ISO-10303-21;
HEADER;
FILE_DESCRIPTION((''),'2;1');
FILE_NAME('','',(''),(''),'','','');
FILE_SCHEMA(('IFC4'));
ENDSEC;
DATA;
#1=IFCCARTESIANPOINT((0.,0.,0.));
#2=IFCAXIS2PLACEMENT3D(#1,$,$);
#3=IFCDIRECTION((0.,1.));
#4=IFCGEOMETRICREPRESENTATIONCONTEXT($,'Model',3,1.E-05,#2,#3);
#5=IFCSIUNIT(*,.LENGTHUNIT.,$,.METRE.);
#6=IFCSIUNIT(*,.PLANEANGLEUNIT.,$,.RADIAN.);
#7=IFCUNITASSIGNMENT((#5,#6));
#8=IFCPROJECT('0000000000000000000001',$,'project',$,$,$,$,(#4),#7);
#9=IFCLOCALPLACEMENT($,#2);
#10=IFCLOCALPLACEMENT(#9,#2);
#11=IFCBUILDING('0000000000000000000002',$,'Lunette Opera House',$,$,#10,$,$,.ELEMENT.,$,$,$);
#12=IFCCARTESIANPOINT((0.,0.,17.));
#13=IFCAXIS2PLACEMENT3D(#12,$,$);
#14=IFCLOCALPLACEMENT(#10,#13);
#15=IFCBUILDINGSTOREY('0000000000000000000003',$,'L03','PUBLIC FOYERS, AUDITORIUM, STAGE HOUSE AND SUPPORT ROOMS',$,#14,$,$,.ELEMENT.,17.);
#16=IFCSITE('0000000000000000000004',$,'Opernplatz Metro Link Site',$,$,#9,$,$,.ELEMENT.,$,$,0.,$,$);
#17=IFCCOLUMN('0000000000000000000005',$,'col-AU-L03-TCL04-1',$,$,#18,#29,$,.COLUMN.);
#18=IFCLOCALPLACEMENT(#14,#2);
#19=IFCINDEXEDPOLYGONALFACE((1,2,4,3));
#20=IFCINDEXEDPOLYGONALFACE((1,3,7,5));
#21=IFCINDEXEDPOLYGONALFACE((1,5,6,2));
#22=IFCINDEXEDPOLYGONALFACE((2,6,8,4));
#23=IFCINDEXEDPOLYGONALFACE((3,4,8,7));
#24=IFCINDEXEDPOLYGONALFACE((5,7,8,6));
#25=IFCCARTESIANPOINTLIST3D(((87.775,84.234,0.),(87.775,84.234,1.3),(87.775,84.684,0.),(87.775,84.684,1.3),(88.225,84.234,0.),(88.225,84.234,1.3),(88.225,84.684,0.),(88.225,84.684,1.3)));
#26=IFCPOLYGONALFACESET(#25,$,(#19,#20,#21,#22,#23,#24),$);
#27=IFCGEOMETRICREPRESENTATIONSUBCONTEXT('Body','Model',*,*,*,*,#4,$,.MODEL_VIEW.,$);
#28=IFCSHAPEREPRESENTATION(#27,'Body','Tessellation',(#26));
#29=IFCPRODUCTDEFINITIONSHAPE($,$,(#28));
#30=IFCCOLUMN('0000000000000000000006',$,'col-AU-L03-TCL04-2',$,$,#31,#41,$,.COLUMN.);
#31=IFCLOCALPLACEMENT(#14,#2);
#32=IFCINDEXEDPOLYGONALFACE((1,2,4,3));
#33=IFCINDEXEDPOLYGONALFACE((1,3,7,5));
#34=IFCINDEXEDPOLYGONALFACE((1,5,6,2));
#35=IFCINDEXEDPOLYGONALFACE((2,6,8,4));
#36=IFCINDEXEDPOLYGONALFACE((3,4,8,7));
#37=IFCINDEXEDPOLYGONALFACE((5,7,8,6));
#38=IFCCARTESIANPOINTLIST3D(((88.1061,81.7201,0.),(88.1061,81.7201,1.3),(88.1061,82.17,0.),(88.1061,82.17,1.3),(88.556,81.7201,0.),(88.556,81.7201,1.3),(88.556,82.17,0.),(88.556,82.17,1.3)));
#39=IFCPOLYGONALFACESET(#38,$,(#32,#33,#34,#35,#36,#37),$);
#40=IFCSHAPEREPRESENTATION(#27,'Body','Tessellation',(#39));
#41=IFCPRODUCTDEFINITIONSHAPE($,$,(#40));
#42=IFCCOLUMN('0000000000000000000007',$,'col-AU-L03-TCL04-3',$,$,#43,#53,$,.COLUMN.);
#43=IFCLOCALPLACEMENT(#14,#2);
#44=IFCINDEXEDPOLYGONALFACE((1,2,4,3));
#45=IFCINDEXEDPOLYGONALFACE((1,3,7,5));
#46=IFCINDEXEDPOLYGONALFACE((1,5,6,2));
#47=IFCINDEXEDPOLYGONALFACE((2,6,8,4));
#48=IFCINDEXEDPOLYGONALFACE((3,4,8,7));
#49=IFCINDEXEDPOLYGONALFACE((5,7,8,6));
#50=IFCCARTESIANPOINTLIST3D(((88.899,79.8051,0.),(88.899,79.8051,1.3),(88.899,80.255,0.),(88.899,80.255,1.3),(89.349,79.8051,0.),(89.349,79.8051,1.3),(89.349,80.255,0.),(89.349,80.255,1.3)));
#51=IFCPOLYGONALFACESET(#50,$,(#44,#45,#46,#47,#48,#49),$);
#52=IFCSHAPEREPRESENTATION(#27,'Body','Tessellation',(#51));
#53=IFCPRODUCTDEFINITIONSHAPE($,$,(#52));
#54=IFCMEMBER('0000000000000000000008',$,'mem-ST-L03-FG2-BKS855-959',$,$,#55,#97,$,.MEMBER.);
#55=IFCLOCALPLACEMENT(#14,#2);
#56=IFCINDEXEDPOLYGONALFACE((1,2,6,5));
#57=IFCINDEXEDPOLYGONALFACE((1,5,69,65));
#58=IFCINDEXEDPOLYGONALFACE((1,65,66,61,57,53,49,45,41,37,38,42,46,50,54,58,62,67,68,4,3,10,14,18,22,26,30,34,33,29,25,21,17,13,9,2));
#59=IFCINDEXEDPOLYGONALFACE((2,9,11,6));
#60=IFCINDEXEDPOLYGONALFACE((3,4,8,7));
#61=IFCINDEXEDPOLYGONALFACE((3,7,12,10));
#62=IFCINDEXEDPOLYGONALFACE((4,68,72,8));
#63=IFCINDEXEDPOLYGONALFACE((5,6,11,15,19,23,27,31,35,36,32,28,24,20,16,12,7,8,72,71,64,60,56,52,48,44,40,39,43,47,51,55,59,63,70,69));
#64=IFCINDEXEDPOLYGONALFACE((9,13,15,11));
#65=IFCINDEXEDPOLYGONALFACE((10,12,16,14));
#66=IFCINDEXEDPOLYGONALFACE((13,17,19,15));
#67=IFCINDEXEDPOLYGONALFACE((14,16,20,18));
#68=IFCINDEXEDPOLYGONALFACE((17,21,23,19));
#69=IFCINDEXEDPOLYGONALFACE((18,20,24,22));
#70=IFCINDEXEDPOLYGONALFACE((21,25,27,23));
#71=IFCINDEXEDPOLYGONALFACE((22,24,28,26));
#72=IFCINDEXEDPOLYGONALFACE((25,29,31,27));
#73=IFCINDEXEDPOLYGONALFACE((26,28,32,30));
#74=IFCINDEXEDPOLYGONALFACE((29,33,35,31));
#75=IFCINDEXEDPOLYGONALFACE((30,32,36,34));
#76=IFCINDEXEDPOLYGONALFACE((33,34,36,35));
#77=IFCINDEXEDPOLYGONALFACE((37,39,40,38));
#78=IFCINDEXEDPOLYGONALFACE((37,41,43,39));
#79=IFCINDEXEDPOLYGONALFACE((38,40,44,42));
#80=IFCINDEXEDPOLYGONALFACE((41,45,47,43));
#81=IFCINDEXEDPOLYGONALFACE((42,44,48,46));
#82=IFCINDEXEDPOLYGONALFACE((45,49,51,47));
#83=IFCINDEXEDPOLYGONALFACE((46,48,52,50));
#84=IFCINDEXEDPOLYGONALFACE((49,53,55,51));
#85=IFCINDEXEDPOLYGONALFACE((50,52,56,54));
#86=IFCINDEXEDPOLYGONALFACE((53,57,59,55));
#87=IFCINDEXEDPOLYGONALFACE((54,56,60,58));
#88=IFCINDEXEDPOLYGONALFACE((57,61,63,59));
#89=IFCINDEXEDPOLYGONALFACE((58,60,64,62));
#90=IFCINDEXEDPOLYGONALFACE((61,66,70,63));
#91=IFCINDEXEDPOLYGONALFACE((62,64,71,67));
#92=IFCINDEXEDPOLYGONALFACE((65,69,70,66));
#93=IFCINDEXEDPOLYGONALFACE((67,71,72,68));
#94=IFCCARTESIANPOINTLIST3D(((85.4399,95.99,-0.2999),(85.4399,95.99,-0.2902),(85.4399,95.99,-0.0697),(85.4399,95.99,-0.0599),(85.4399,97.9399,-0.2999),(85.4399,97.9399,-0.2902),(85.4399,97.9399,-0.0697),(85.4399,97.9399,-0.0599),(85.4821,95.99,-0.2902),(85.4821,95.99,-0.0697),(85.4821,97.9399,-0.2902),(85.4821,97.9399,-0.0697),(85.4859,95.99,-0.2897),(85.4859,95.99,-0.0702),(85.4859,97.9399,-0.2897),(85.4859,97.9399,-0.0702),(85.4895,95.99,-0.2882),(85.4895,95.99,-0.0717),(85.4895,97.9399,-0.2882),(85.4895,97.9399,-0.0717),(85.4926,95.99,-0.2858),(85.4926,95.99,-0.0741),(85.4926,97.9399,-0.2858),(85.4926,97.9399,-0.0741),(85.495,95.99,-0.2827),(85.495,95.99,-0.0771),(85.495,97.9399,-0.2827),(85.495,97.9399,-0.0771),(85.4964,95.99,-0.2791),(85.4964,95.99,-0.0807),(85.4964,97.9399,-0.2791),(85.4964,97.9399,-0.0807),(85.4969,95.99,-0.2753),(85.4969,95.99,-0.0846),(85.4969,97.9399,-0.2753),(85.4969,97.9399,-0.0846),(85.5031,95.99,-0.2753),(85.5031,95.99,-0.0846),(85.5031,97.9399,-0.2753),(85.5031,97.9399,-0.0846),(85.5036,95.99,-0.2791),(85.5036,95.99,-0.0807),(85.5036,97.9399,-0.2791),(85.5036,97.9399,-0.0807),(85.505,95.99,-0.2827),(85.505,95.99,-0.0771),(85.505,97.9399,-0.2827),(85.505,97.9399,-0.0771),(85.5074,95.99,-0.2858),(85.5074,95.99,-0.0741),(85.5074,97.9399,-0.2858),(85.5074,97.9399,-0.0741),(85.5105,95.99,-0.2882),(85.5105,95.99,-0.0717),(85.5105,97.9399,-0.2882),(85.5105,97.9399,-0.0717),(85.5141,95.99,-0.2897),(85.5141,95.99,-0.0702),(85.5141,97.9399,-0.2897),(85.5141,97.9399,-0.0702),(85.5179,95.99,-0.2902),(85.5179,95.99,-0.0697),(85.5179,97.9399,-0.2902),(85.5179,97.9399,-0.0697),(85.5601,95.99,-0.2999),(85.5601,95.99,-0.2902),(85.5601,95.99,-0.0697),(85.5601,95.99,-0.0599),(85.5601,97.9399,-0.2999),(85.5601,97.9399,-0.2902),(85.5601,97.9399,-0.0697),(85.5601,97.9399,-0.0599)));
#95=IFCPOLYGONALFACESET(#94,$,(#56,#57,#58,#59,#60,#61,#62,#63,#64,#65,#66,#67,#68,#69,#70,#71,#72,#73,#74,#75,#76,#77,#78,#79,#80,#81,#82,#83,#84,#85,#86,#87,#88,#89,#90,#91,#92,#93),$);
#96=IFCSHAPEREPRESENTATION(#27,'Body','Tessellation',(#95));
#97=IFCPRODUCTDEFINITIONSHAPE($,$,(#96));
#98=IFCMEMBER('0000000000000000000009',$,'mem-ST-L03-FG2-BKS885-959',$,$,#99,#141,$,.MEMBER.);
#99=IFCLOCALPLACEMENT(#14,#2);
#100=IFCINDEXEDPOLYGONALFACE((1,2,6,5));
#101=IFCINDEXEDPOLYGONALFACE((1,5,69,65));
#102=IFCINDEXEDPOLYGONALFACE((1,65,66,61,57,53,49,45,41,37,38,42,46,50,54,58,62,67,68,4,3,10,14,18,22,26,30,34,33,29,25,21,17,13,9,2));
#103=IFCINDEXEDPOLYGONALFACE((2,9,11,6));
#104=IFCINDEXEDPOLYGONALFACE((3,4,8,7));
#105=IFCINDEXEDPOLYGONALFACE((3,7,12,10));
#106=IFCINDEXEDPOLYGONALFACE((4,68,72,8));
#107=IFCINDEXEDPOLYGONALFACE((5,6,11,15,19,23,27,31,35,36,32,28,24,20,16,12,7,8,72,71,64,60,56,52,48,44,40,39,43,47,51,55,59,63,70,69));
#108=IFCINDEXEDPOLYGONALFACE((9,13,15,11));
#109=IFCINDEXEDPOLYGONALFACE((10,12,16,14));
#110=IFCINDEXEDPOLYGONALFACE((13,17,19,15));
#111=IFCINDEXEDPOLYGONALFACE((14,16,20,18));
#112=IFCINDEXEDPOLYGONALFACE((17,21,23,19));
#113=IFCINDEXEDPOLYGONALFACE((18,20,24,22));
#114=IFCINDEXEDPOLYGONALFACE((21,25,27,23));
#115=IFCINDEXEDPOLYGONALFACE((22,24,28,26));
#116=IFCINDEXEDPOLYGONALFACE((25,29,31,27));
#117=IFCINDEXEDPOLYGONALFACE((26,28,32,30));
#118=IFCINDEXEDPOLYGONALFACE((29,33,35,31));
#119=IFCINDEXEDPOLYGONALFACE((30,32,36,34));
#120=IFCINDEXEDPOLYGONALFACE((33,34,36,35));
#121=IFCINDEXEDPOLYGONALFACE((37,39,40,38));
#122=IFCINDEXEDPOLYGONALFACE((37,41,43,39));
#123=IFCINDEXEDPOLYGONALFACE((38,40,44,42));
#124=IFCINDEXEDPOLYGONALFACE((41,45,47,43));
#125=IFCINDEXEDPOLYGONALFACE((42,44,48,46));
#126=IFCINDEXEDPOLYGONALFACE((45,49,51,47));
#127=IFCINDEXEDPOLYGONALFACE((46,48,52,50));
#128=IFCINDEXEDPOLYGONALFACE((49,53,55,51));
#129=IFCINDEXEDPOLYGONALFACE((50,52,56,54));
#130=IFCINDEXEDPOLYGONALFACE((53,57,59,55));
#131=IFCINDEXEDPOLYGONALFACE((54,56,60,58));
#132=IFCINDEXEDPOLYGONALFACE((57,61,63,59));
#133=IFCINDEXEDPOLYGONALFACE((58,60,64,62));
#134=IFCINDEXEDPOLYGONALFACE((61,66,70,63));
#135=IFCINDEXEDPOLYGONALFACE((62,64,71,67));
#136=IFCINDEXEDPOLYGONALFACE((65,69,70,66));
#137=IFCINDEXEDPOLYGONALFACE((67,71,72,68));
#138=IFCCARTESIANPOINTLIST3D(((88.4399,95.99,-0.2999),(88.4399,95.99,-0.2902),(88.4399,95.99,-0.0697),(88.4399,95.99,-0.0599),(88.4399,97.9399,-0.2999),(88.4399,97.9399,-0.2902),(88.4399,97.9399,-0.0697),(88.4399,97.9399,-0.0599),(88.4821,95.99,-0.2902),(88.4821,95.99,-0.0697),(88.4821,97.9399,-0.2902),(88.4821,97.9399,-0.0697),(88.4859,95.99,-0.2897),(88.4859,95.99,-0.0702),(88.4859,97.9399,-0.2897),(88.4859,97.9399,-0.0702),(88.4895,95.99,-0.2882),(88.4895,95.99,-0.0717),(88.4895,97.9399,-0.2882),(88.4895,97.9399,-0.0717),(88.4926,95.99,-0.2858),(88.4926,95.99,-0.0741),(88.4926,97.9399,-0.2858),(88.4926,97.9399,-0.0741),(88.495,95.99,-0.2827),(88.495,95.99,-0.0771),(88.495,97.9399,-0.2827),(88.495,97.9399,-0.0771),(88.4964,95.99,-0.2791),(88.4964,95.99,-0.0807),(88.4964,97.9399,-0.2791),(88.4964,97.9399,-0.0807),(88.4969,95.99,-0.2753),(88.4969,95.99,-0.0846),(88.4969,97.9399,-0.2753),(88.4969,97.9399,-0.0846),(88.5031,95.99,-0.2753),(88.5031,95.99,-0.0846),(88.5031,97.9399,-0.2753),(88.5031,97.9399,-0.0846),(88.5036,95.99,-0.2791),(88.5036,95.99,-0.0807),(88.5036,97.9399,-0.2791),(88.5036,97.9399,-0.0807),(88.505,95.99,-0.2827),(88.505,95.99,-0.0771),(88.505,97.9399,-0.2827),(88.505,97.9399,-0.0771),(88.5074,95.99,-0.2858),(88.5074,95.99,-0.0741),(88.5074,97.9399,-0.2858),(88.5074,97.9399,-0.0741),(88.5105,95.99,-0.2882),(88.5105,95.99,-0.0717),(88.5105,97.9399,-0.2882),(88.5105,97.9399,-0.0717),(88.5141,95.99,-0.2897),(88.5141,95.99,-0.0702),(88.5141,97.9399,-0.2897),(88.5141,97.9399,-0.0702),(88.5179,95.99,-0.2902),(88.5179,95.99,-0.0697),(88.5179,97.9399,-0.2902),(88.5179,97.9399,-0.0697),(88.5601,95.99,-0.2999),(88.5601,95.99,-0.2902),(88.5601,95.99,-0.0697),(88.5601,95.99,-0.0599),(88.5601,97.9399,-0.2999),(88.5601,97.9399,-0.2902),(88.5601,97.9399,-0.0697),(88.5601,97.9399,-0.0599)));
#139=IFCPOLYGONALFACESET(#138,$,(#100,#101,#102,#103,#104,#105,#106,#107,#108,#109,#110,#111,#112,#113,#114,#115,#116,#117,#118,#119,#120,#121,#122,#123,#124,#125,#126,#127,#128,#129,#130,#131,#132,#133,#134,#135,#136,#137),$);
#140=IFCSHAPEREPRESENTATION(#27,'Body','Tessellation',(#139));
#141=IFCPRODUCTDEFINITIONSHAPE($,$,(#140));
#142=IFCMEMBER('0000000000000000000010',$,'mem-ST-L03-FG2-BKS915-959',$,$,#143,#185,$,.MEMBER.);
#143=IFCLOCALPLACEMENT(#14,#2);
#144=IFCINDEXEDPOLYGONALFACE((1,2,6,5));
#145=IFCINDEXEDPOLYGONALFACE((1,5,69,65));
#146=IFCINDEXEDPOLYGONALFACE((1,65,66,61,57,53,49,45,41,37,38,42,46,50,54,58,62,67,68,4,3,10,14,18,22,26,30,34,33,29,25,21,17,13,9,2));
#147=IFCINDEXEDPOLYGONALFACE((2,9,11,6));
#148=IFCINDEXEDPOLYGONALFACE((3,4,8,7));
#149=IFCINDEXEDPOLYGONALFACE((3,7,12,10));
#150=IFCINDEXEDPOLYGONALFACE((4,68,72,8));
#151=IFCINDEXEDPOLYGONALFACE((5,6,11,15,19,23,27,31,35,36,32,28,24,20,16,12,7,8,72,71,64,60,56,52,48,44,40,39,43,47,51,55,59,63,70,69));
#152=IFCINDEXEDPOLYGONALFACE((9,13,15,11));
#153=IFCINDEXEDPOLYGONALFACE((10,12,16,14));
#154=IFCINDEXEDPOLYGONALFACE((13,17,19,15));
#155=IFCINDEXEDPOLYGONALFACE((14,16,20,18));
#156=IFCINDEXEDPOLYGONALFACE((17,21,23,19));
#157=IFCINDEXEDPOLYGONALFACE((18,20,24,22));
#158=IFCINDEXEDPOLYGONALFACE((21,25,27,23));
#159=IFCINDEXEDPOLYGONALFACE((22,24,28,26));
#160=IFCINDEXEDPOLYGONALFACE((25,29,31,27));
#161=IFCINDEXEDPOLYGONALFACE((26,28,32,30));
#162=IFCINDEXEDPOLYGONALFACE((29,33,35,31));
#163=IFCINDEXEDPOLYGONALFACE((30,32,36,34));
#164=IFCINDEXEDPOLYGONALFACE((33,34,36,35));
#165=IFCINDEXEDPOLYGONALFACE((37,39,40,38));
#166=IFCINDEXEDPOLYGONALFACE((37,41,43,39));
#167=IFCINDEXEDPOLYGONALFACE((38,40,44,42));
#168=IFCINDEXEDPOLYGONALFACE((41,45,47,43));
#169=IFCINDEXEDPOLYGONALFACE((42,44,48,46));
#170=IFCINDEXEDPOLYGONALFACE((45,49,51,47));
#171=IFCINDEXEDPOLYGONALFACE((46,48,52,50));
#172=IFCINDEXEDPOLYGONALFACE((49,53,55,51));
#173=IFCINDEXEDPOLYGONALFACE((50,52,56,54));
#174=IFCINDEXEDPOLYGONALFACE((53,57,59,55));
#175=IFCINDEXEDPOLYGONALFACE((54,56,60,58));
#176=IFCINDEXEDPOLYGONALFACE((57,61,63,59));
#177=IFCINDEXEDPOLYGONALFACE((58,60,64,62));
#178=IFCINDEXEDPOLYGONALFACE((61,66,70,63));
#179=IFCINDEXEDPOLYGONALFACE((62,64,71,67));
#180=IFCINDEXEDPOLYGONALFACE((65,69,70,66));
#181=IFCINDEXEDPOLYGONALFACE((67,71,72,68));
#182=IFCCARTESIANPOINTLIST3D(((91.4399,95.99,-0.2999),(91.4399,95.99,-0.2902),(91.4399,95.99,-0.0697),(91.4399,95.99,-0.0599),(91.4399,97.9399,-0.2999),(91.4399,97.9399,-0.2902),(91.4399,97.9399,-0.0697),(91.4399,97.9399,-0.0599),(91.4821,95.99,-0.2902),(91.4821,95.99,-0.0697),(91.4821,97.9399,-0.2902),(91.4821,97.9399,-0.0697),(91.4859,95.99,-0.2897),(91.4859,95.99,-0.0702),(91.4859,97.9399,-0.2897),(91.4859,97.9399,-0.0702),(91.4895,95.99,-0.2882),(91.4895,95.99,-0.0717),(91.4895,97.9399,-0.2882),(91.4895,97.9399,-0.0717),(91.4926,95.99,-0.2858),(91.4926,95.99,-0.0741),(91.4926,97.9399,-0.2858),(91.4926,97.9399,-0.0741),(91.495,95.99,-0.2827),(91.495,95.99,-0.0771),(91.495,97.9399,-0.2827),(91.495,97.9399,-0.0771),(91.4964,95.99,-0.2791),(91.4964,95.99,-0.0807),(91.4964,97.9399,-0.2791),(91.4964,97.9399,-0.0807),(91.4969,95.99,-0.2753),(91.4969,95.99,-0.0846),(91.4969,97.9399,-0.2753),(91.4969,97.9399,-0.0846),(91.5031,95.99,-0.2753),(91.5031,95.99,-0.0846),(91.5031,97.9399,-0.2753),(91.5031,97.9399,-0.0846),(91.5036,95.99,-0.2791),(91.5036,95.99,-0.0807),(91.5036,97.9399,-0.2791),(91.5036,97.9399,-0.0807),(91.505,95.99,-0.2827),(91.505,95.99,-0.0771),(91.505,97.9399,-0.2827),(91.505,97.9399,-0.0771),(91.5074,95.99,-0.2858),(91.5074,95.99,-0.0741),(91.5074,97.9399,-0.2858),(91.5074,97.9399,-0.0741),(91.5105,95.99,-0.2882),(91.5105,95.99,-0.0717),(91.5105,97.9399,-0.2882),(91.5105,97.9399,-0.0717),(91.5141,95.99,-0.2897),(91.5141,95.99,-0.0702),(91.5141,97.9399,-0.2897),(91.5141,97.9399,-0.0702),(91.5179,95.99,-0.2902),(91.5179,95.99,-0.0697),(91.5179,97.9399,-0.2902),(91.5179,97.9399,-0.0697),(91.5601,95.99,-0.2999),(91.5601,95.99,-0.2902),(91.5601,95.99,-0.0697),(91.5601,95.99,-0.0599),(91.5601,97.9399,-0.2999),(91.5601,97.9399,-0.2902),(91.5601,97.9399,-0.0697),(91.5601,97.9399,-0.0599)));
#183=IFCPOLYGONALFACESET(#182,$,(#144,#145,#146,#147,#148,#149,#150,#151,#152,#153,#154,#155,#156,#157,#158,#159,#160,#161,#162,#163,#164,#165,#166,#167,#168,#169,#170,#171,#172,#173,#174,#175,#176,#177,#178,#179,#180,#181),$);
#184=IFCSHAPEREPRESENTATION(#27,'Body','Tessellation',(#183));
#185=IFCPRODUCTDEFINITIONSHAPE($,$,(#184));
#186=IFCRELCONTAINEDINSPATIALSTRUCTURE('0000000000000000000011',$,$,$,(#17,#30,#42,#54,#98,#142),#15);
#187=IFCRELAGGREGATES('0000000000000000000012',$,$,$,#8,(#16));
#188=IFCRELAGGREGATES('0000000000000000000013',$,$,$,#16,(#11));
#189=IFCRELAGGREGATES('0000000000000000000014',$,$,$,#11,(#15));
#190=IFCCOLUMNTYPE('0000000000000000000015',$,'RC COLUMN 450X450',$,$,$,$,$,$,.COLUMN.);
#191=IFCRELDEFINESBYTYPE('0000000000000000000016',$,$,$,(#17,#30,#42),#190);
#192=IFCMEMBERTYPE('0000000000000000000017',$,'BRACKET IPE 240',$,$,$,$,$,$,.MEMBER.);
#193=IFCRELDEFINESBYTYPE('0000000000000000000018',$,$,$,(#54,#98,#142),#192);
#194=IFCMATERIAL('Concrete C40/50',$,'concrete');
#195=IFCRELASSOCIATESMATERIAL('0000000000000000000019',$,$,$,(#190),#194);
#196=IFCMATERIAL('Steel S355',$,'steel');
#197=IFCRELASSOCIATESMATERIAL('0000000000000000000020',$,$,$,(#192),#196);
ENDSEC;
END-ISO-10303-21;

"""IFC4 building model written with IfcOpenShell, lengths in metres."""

from ifc_helpers import new_model, si_unit, direction, frame, origin, origin_2d, place, context, subcontext, project, spatial, rectangle, i_section, extrude, material, material_profile, profile_set, type_object, element, save


model = new_model("IFC4")

# Units and contexts
model_context = context("Model", 3, precision=1e-05, world=origin(), true_north=direction((0.0, 1.0)))
body_context = subcontext(model_context, "Body", "Model", "MODEL_VIEW")
ifc_project = project(units=[si_unit("LENGTHUNIT", "METRE"), si_unit("PLANEANGLEUNIT", "RADIAN")], contexts=[model_context])

# Site, building, storey
site_placement = place(None, origin())
site = spatial("IfcSite", under=ifc_project, at=site_placement, Name="Opernplatz Metro Link Site", CompositionType="ELEMENT", RefElevation=0.0)
building_placement = place(site_placement, origin())
building = spatial("IfcBuilding", under=site, at=building_placement, Name="Lunette Opera House", CompositionType="ELEMENT")
storey_placement = place(building_placement, frame((0.0, 0.0, 17.0)))
storey = spatial("IfcBuildingStorey", under=building, at=storey_placement, Name="L03", Description="PUBLIC FOYERS, AUDITORIUM, STAGE HOUSE AND SUPPORT ROOMS", CompositionType="ELEMENT", Elevation=17.0)

# Columns
ifc_material_1 = material(Name="Concrete C40/50", Category="concrete")
ifc_material_profile_1 = material_profile(ifc_material_1, rectangle(XDim=0.45, YDim=0.45, at=origin_2d()), Name="RC COLUMN 450X450")
ifc_profile_set_1 = profile_set([ifc_material_profile_1], Name="Concrete C40/50")
column_type = type_object("IfcColumnType", Name="RC COLUMN 450X450", PredefinedType="COLUMN", material=ifc_profile_set_1)
for number, where, z_axis, x_axis, name in (
    (1, (88.0, 84.459, 0.0), (0.0, 0.0, 1.0), (1.0, 0.0, 0.0), "col-AU-L03-TCL04-1"),
    (2, (88.3311, 81.9451, 0.0), (0.0, 0.0, 1.0), (1.0, 0.0, 0.0), "col-AU-L03-TCL04-2"),
    (3, (89.124, 80.03, 0.0), (0.0, 0.0, 1.0), (1.0, 0.0, 0.0), "col-AU-L03-TCL04-3"),
):
    element("IfcColumn", number, at=place(storey_placement, frame(where, z_axis=z_axis, x_axis=x_axis)), inside=storey, type_object=column_type, Name=name, PredefinedType="COLUMN", context=body_context, shape_type="SweptSolid", body=[
        extrude(rectangle(XDim=0.45, YDim=0.45, at=origin_2d()), origin(), (0.0, 0.0, 1.0), 1.3),
    ])

# Members
ifc_material_2 = material(Name="Steel S355", Category="steel")
ifc_material_profile_2 = material_profile(ifc_material_2, i_section(OverallWidth=0.1201, OverallDepth=0.24, WebThickness=0.0061, FlangeThickness=0.0098, FilletRadius=0.0149, at=origin_2d()), Name="IPE 240")
ifc_profile_set_2 = profile_set([ifc_material_profile_2], Name="Steel S355")
member_type_1 = type_object("IfcMemberType", Name="BRACKET IPE 240", PredefinedType="MEMBER", material=ifc_profile_set_2)
for number, where, z_axis, x_axis, name in (
    (4, (85.5, 95.99, -0.1799), (0.0, 1.0, 0.0), (-1.0, 0.0, 0.0), "mem-ST-L03-FG2-BKS855-959"),
    (5, (88.5, 95.99, -0.1799), (0.0, 1.0, 0.0), (-1.0, 0.0, 0.0), "mem-ST-L03-FG2-BKS885-959"),
    (6, (91.5, 95.99, -0.1799), (0.0, 1.0, 0.0), (-1.0, 0.0, 0.0), "mem-ST-L03-FG2-BKS915-959"),
):
    element("IfcMember", number, at=place(storey_placement, frame(where, z_axis=z_axis, x_axis=x_axis)), inside=storey, type_object=member_type_1, Name=name, PredefinedType="MEMBER", context=body_context, shape_type="SweptSolid", body=[
        extrude(i_section(OverallWidth=0.1201, OverallDepth=0.24, WebThickness=0.0061, FlangeThickness=0.0098, FilletRadius=0.0149, at=origin_2d()), origin(), (0.0, 0.0, 1.0), 1.95),
    ])

save(model, "model.ifc")
